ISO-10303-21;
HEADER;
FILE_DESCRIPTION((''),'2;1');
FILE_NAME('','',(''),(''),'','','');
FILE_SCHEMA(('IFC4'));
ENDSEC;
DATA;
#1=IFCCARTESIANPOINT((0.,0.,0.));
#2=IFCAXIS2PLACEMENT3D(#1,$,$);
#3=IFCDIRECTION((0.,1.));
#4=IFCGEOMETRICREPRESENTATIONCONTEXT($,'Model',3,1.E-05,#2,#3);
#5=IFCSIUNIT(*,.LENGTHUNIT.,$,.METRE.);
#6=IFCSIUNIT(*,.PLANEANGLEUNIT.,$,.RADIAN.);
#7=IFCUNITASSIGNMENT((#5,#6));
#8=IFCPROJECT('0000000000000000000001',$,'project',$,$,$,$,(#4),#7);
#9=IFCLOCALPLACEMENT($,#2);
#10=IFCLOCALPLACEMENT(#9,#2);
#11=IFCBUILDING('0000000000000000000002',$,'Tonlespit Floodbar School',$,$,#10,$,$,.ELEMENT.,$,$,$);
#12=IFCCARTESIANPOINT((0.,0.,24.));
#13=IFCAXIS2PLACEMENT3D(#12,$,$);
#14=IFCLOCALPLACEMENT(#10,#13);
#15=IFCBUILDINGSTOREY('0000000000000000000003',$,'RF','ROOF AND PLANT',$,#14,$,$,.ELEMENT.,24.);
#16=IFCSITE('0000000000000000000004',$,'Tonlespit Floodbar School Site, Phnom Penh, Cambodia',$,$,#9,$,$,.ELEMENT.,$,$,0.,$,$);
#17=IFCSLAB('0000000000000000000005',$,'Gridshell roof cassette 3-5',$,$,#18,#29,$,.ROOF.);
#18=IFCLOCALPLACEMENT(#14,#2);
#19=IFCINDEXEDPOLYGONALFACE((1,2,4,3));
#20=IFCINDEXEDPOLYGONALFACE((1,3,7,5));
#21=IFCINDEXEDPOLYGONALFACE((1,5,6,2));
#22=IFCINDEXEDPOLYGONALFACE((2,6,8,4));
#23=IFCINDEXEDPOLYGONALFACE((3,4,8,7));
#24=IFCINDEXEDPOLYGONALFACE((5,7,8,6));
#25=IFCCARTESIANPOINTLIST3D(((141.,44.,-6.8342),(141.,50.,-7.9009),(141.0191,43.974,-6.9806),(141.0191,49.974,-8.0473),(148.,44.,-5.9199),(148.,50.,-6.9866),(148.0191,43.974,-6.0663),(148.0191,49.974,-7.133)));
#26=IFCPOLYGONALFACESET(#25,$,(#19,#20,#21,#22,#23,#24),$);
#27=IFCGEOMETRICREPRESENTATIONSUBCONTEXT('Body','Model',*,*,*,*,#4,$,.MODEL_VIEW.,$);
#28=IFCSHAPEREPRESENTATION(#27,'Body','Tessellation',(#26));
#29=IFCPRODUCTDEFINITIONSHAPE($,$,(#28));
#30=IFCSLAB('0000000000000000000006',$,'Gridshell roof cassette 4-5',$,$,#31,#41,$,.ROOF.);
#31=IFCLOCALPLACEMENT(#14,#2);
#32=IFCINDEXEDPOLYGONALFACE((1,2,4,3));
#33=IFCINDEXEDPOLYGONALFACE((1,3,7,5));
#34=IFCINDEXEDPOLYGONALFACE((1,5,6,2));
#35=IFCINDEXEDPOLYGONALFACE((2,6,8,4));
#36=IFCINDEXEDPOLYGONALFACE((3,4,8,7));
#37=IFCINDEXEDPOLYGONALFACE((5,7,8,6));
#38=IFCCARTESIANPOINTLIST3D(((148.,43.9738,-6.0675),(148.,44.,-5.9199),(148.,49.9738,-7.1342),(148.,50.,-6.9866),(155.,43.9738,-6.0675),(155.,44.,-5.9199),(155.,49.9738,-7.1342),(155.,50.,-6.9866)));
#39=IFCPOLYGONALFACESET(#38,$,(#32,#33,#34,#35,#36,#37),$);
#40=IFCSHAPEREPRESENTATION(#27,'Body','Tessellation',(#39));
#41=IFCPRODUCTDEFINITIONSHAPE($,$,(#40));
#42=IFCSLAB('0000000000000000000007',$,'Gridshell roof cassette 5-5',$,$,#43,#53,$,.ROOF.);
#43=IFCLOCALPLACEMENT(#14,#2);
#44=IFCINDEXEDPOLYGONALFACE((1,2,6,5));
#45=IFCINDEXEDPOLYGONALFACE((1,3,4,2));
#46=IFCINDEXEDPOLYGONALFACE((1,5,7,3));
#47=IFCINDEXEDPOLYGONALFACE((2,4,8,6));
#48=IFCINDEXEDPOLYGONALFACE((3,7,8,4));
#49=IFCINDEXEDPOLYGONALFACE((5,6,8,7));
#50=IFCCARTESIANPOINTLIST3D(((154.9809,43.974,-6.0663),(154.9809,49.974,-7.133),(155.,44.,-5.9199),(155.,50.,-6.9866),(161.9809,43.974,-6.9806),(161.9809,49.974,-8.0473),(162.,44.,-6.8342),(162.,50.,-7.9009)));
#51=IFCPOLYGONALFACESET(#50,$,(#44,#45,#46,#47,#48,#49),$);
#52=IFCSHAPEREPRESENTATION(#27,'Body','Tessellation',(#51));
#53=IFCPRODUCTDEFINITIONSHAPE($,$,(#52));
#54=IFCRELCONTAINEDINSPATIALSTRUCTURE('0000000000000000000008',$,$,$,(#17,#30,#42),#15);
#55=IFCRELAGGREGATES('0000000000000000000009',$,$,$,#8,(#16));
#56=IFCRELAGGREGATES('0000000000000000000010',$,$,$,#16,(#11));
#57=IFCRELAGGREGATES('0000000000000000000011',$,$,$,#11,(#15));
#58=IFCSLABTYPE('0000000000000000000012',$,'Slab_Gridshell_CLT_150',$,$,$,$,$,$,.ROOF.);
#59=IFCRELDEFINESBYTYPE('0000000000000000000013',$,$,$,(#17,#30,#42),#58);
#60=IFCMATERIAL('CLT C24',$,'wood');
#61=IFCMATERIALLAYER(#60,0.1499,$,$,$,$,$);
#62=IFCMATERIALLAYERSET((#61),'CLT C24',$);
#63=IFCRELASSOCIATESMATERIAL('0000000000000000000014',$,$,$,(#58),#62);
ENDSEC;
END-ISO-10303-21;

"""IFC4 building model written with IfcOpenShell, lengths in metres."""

from ifc_helpers import new_model, si_unit, direction, frame, origin, place, context, subcontext, project, spatial, polyline, outline, extrude, material, layer, layer_set, type_object, element, save


model = new_model("IFC4")

# Units and contexts
model_context = context("Model", 3, precision=1e-05, world=origin(), true_north=direction((0.0, 1.0)))
body_context = subcontext(model_context, "Body", "Model", "MODEL_VIEW")
ifc_project = project(units=[si_unit("LENGTHUNIT", "METRE"), si_unit("PLANEANGLEUNIT", "RADIAN")], contexts=[model_context])

# Site, building, storey
site_placement = place(None, origin())
site = spatial("IfcSite", under=ifc_project, at=site_placement, Name="Tonlespit Floodbar School Site, Phnom Penh, Cambodia", CompositionType="ELEMENT", RefElevation=0.0)
building_placement = place(site_placement, origin())
building = spatial("IfcBuilding", under=site, at=building_placement, Name="Tonlespit Floodbar School", CompositionType="ELEMENT")
storey_placement = place(building_placement, frame((0.0, 0.0, 24.0)))
storey = spatial("IfcBuildingStorey", under=building, at=storey_placement, Name="RF", Description="ROOF AND PLANT", CompositionType="ELEMENT", Elevation=24.0)

# Slabs
ifc_material_1 = material(Name="CLT C24", Category="wood")
ifc_layer_1 = layer(ifc_material_1, 0.1499)
ifc_layer_set_1 = layer_set([ifc_layer_1], Name="CLT C24")
slab_type = type_object("IfcSlabType", Name="Slab_Gridshell_CLT_150", PredefinedType="ROOF", material=ifc_layer_set_1)
slab_1_placement = place(storey_placement, frame((141.0, 44.0, -6.8342), z_axis=(-0.127549, 0.173601, 0.976521), x_axis=(0.991577, 0.0, 0.129515)))
element("IfcSlab", 1, at=slab_1_placement, inside=storey, type_object=slab_type, Name="Gridshell roof cassette 3-5", PredefinedType="ROOF", context=body_context, shape_type="SweptSolid", body=[
    extrude(outline(polyline([(0.0, 0.0), (7.0595, 0.0), (6.9213, 6.0925), (-0.1381, 6.0925), (0.0, 0.0)])), origin(), (0.0, 0.0, -1.0), 0.1499),
])
slab_2_placement = place(storey_placement, frame((148.0, 44.0, -5.9199), z_axis=(0.0, 0.175031, 0.984563), x_axis=(1.0, 0.0, 0.0)))
element("IfcSlab", 2, at=slab_2_placement, inside=storey, type_object=slab_type, Name="Gridshell roof cassette 4-5", PredefinedType="ROOF", context=body_context, shape_type="SweptSolid", body=[
    extrude(outline(polyline([(0.0, 0.0), (7.0, 0.0), (7.0, 6.0941), (0.0, 6.0941), (0.0, 0.0)])), origin(), (0.0, 0.0, -1.0), 0.1499),
])
slab_3_placement = place(storey_placement, frame((155.0, 44.0, -5.9199), z_axis=(0.127549, 0.173601, 0.976521), x_axis=(0.991577, 0.0, -0.129515)))
element("IfcSlab", 3, at=slab_3_placement, inside=storey, type_object=slab_type, Name="Gridshell roof cassette 5-5", PredefinedType="ROOF", context=body_context, shape_type="SweptSolid", body=[
    extrude(outline(polyline([(0.0, 0.0), (7.0595, 0.0), (7.1976, 6.0925), (0.1381, 6.0925), (0.0, 0.0)])), origin(), (0.0, 0.0, -1.0), 0.1499),
])

save(model, "model.ifc")
